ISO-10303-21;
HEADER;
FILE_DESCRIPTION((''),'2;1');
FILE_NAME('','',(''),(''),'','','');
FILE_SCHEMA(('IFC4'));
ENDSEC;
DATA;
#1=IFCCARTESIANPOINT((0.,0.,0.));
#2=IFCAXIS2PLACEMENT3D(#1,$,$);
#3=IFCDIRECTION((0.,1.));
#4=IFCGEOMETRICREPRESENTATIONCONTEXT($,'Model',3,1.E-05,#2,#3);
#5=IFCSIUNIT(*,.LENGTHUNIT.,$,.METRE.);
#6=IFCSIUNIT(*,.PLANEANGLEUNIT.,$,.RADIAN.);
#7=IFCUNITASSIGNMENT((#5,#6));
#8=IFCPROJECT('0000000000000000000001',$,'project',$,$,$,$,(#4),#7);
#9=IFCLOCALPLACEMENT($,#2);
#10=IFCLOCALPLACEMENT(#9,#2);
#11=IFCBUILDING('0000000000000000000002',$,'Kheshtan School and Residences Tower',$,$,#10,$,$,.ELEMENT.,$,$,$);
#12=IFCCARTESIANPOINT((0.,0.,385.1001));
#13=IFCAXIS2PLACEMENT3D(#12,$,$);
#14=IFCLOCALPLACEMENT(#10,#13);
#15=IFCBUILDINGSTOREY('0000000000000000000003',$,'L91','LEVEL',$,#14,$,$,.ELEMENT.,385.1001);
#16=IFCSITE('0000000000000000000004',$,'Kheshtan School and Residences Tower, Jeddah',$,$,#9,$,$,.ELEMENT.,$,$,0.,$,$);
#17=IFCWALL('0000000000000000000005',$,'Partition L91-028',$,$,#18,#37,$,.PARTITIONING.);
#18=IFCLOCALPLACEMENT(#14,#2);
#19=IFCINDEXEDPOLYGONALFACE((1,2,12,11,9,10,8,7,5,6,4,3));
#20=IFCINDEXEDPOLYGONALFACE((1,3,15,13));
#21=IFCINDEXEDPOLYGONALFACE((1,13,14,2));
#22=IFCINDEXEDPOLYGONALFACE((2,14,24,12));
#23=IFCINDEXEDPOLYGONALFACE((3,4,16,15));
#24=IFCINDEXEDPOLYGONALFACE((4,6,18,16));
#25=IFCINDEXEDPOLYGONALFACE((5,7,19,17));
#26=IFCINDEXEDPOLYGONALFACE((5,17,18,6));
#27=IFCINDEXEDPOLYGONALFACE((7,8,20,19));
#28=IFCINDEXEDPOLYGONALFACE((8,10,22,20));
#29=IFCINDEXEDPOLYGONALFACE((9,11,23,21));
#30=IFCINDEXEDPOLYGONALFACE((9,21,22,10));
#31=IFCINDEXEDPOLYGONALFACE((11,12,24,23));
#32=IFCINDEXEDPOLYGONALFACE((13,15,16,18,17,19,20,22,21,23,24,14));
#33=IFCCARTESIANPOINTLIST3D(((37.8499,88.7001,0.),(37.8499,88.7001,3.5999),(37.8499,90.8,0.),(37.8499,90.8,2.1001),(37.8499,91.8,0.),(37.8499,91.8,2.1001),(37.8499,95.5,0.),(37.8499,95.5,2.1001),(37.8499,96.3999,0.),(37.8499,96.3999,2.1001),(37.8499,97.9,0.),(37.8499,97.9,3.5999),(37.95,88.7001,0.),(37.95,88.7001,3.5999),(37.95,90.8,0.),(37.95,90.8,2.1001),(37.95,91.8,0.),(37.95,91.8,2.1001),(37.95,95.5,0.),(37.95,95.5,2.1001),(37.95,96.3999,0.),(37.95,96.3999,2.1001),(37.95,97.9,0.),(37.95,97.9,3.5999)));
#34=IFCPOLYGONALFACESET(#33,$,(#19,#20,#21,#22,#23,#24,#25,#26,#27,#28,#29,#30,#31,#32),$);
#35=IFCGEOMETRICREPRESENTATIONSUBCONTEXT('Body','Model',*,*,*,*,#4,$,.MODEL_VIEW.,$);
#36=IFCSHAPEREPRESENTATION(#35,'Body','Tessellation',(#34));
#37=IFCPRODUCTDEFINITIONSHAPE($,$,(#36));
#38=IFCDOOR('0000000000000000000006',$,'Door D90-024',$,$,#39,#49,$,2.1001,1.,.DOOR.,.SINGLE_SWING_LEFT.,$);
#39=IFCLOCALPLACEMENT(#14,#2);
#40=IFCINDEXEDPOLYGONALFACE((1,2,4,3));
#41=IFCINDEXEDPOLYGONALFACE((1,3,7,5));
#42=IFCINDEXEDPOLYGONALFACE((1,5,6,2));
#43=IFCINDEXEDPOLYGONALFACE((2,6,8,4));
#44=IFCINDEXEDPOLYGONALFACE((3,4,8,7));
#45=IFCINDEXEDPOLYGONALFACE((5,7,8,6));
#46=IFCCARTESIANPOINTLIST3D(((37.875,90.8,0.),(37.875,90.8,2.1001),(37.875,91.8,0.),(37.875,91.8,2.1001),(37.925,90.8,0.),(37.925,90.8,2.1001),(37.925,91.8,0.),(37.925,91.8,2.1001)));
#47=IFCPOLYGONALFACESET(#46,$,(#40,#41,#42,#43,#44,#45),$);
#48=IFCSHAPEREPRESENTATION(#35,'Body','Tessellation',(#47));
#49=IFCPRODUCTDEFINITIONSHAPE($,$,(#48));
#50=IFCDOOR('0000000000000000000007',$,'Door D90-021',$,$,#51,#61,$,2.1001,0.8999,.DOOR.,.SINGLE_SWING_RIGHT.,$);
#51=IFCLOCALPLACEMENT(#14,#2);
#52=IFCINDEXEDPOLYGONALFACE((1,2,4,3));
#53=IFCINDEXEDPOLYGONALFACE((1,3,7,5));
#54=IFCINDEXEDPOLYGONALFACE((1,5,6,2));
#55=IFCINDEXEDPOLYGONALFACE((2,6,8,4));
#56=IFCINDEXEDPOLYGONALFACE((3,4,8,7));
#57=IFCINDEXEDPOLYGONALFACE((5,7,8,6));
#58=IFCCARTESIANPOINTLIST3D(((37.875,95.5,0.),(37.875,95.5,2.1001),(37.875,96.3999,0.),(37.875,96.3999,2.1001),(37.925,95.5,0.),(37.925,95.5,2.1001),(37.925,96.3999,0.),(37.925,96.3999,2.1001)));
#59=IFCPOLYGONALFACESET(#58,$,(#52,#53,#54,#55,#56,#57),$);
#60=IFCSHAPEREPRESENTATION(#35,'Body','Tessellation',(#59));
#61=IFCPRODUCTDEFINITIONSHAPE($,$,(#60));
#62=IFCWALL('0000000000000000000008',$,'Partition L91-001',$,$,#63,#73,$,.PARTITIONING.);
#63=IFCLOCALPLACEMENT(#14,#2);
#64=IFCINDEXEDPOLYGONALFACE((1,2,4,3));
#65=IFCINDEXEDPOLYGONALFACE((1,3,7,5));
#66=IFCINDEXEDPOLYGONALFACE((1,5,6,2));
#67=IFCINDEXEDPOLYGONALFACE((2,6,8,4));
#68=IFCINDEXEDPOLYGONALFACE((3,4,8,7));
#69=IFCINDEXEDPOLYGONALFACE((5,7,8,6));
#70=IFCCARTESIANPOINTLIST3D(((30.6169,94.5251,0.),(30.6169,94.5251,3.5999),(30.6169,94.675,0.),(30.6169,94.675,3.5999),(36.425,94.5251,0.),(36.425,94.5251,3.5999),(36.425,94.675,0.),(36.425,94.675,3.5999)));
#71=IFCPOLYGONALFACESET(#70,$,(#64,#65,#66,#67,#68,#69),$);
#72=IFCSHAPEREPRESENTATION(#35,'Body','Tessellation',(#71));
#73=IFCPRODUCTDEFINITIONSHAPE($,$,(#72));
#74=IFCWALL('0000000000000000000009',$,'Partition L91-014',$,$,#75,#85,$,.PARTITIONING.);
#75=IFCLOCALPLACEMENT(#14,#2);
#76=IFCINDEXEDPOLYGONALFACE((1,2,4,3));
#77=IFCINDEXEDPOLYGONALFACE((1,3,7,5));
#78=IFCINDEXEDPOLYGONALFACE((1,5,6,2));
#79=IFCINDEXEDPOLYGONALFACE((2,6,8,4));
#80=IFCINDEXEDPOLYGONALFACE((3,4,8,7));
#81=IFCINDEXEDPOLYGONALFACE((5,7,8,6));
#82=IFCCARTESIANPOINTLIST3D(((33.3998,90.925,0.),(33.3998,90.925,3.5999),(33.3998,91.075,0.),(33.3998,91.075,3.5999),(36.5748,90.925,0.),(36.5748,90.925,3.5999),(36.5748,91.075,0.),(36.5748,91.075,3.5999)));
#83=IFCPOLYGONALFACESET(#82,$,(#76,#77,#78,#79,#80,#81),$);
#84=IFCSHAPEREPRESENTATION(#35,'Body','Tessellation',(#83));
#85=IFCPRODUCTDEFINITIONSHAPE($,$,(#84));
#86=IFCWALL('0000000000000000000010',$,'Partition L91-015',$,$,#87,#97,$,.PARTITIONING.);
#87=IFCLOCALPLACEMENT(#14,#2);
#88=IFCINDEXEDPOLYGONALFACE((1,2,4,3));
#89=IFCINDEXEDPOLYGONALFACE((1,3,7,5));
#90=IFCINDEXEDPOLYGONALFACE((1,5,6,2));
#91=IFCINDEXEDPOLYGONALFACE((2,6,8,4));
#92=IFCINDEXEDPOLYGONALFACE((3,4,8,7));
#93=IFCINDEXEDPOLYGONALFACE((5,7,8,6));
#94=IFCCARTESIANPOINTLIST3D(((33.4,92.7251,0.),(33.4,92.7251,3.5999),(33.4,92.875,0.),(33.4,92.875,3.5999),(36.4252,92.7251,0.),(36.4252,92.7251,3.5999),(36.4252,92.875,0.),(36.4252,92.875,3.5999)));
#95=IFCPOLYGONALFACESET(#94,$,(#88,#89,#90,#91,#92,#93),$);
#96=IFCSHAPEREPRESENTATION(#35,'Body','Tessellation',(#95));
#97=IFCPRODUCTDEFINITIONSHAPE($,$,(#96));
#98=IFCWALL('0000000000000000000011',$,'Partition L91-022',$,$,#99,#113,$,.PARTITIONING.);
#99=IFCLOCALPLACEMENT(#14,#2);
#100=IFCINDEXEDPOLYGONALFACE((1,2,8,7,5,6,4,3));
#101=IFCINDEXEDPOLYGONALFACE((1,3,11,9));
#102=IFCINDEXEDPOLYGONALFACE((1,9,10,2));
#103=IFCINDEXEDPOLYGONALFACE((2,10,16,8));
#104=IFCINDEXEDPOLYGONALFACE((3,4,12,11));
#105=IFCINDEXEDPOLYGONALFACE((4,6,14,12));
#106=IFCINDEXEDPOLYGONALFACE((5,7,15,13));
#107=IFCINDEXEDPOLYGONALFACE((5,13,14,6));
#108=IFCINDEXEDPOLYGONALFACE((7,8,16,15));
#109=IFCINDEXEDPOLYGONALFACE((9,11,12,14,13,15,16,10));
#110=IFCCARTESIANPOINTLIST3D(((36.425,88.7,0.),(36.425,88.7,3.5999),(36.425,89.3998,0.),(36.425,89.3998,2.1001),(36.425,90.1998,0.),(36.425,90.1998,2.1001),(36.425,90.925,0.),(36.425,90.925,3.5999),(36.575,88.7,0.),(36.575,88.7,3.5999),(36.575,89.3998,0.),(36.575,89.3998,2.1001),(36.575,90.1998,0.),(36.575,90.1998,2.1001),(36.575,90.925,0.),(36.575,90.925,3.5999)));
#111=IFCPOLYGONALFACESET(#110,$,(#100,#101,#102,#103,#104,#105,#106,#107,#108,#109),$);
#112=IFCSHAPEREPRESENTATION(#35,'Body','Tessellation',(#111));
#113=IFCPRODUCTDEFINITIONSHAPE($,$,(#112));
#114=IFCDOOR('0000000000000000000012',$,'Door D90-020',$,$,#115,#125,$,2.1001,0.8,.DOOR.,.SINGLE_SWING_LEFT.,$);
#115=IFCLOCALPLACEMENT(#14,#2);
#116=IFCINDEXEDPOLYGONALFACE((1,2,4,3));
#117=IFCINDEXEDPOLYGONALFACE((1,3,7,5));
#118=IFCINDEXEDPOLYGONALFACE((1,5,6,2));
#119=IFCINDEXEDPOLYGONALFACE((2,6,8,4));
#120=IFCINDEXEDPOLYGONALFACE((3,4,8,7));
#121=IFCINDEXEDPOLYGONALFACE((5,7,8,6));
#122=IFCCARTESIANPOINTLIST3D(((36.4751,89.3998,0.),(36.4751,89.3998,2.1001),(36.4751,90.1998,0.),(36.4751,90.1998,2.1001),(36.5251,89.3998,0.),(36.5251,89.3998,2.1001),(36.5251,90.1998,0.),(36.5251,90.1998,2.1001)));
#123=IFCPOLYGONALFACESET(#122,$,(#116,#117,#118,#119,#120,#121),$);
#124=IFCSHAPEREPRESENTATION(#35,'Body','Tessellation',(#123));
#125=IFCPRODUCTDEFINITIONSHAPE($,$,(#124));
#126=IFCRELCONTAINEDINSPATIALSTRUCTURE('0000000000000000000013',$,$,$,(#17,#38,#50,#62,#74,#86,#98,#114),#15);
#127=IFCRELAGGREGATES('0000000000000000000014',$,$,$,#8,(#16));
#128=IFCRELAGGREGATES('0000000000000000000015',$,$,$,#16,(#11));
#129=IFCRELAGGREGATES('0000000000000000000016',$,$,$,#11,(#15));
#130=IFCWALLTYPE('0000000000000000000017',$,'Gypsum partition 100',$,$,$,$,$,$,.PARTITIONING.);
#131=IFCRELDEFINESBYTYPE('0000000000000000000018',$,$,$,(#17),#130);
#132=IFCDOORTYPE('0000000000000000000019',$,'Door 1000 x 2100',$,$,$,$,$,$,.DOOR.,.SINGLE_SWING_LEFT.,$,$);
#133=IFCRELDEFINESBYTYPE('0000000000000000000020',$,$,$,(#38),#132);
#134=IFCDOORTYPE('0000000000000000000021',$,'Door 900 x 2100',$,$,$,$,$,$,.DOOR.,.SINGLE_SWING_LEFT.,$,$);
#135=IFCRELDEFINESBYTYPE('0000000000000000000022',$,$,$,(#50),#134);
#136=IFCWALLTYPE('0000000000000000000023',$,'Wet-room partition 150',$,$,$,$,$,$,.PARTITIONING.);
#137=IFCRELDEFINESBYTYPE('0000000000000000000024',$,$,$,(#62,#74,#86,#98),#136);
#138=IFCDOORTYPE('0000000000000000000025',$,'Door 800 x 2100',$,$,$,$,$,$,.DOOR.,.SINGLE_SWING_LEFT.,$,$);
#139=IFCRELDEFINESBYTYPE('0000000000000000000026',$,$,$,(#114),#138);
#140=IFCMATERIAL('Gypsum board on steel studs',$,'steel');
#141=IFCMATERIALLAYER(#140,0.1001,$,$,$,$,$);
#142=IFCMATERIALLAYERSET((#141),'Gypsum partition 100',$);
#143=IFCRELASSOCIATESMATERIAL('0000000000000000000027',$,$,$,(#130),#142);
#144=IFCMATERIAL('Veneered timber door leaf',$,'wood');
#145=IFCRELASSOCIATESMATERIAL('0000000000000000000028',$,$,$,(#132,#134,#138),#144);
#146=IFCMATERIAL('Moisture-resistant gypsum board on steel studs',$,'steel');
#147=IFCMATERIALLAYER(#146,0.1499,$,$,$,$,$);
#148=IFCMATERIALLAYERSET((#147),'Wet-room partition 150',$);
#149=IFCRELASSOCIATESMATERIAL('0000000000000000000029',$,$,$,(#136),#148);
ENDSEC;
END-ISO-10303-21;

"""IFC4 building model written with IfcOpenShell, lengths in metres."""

from ifc_helpers import new_model, si_unit, direction, frame, frame_2d, origin, place, context, subcontext, project, spatial, rectangle, extrude, source, transform, mapped, material, layer, layer_set, type_object, element, fill, save


model = new_model("IFC4")

# Units and contexts
model_context = context("Model", 3, precision=1e-05, world=origin(), true_north=direction((0.0, 1.0)))
body_context = subcontext(model_context, "Body", "Model", "MODEL_VIEW")
ifc_project = project(units=[si_unit("LENGTHUNIT", "METRE"), si_unit("PLANEANGLEUNIT", "RADIAN")], contexts=[model_context])

# Site, building, storey
site_placement = place(None, origin())
site = spatial("IfcSite", under=ifc_project, at=site_placement, Name="Kheshtan School and Residences Tower, Jeddah", CompositionType="ELEMENT", RefElevation=0.0)
building_placement = place(site_placement, origin())
building = spatial("IfcBuilding", under=site, at=building_placement, Name="Kheshtan School and Residences Tower", CompositionType="ELEMENT")
storey_placement = place(building_placement, frame((0.0, 0.0, 385.1001)))
storey = spatial("IfcBuildingStorey", under=building, at=storey_placement, Name="L91", Description="LEVEL", CompositionType="ELEMENT", Elevation=385.1001)

# Wall, openings, doors
ifc_material_1 = material(Name="Gypsum board on steel studs", Category="steel")
ifc_layer_1 = layer(ifc_material_1, 0.1001)
ifc_layer_set_1 = layer_set([ifc_layer_1], Name="Gypsum partition 100")
wall_type_1 = type_object("IfcWallType", Name="Gypsum partition 100", PredefinedType="PARTITIONING", material=ifc_layer_set_1)
wall_1_placement = place(storey_placement, frame((37.8999, 88.7, 0.0), z_axis=(0.0, 0.0, 1.0), x_axis=(0.0, 1.0, 0.0)))
wall_1 = element("IfcWall", 1, at=wall_1_placement, inside=storey, type_object=wall_type_1, Name="Partition L91-028", PredefinedType="PARTITIONING", context=body_context, shape_type="SweptSolid", body=[
    extrude(rectangle(XDim=9.2, YDim=0.1001, at=frame_2d((4.6001, 0.0))), origin(), (0.0, 0.0, 1.0), 3.5999),
])
opening_1_placement = place(wall_1_placement, frame((6.8, 0.0, 0.0)))
opening_1 = element("IfcOpeningElement", 2, at=opening_1_placement, cuts=wall_1, PredefinedType="OPENING", context=body_context, shape_type="SweptSolid", body=[
    extrude(rectangle(XDim=0.8999, YDim=2.1001, at=frame_2d((0.45, 1.05))), frame((0.0, 0.0601, 0.0), z_axis=(0.0, -1.0, 0.0), x_axis=(1.0, 0.0, 0.0)), (0.0, 0.0, 1.0), 0.1201),
])
opening_2_placement = place(wall_1_placement, frame((2.1001, 0.0, 0.0)))
opening_2 = element("IfcOpeningElement", 3, at=opening_2_placement, cuts=wall_1, PredefinedType="OPENING", context=body_context, shape_type="SweptSolid", body=[
    extrude(rectangle(XDim=1.0, YDim=2.1001, at=frame_2d((0.5, 1.05))), frame((0.0, 0.0601, 0.0), z_axis=(0.0, -1.0, 0.0), x_axis=(1.0, 0.0, 0.0)), (0.0, 0.0, 1.0), 0.1201),
])
ifc_material_2 = material(Name="Veneered timber door leaf", Category="wood")
door_type_1 = type_object("IfcDoorType", Name="Door 1000 x 2100", OperationType="SINGLE_SWING_LEFT", PredefinedType="DOOR", material=ifc_material_2)
shared_shape_1 = source(origin(), body_context, "Body", "SweptSolid", [
    extrude(rectangle(XDim=1.0, YDim=2.1001, at=frame_2d((0.5, 1.05))), frame((0.0, 0.0249, 0.0), z_axis=(0.0, -1.0, 0.0), x_axis=(1.0, 0.0, 0.0)), (0.0, 0.0, 1.0), 0.05),
])
door_1_placement = place(opening_2_placement, origin())
door_1 = element("IfcDoor", 4, at=door_1_placement, inside=storey, type_object=door_type_1, Name="Door D90-024", OperationType="SINGLE_SWING_LEFT", OverallHeight=2.1001, OverallWidth=1.0, PredefinedType="DOOR", context=body_context, shape_type="MappedRepresentation", body=[
    mapped(shared_shape_1, transform((0.0, 0.0, 0.0), x_axis=(1.0, 0.0, 0.0), y_axis=(0.0, 1.0, 0.0), z_axis=(0.0, 0.0, 1.0), scale=1.0)),
])
fill(opening_2, door_1)
door_type_2 = type_object("IfcDoorType", Name="Door 900 x 2100", OperationType="SINGLE_SWING_LEFT", PredefinedType="DOOR", material=ifc_material_2)
shared_shape_2 = source(origin(), body_context, "Body", "SweptSolid", [
    extrude(rectangle(XDim=0.8999, YDim=2.1001, at=frame_2d((0.45, 1.05))), frame((0.0, 0.0249, 0.0), z_axis=(0.0, -1.0, 0.0), x_axis=(1.0, 0.0, 0.0)), (0.0, 0.0, 1.0), 0.05),
])
door_2_placement = place(opening_1_placement, origin())
door_2 = element("IfcDoor", 5, at=door_2_placement, inside=storey, type_object=door_type_2, Name="Door D90-021", OperationType="SINGLE_SWING_RIGHT", OverallHeight=2.1001, OverallWidth=0.8999, PredefinedType="DOOR", context=body_context, shape_type="MappedRepresentation", body=[
    mapped(shared_shape_2, transform((0.0, 0.0, 0.0), x_axis=(1.0, 0.0, 0.0), y_axis=(0.0, 1.0, 0.0), z_axis=(0.0, 0.0, 1.0), scale=1.0)),
])
fill(opening_1, door_2)

# Walls
ifc_material_3 = material(Name="Moisture-resistant gypsum board on steel studs", Category="steel")
ifc_layer_2 = layer(ifc_material_3, 0.1499)
ifc_layer_set_2 = layer_set([ifc_layer_2], Name="Wet-room partition 150")
wall_type_2 = type_object("IfcWallType", Name="Wet-room partition 150", PredefinedType="PARTITIONING", material=ifc_layer_set_2)
wall_2_placement = place(storey_placement, frame((30.6169, 94.6001, 0.0), z_axis=(0.0, 0.0, 1.0), x_axis=(1.0, 0.0, 0.0)))
element("IfcWall", 6, at=wall_2_placement, inside=storey, type_object=wall_type_2, Name="Partition L91-001", PredefinedType="PARTITIONING", context=body_context, shape_type="SweptSolid", body=[
    extrude(rectangle(XDim=5.8081, YDim=0.1499, at=frame_2d((2.9041, 0.0))), origin(), (0.0, 0.0, 1.0), 3.5999),
])
wall_3_placement = place(storey_placement, frame((33.3999, 91.0, 0.0), z_axis=(0.0, 0.0, 1.0), x_axis=(1.0, 0.0, 0.0)))
element("IfcWall", 7, at=wall_3_placement, inside=storey, type_object=wall_type_2, Name="Partition L91-014", PredefinedType="PARTITIONING", context=body_context, shape_type="SweptSolid", body=[
    extrude(rectangle(XDim=3.175, YDim=0.1499, at=frame_2d((1.5874, 0.0))), origin(), (0.0, 0.0, 1.0), 3.5999),
])
wall_4_placement = place(storey_placement, frame((33.3999, 92.8, 0.0), z_axis=(0.0, 0.0, 1.0), x_axis=(1.0, 0.0, 0.0)))
element("IfcWall", 8, at=wall_4_placement, inside=storey, type_object=wall_type_2, Name="Partition L91-015", PredefinedType="PARTITIONING", context=body_context, shape_type="SweptSolid", body=[
    extrude(rectangle(XDim=3.0251, YDim=0.1499, at=frame_2d((1.5127, 0.0))), origin(), (0.0, 0.0, 1.0), 3.5999),
])

# Wall, opening, door
wall_5_placement = place(storey_placement, frame((36.5, 88.7, 0.0), z_axis=(0.0, 0.0, 1.0), x_axis=(0.0, 1.0, 0.0)))
wall_5 = element("IfcWall", 9, at=wall_5_placement, inside=storey, type_object=wall_type_2, Name="Partition L91-022", PredefinedType="PARTITIONING", context=body_context, shape_type="SweptSolid", body=[
    extrude(rectangle(XDim=2.2251, YDim=0.1499, at=frame_2d((1.1125, 0.0))), origin(), (0.0, 0.0, 1.0), 3.5999),
])
opening_3_placement = place(wall_5_placement, frame((0.7, 0.0, 0.0)))
opening_3 = element("IfcOpeningElement", 10, at=opening_3_placement, cuts=wall_5, PredefinedType="OPENING", context=body_context, shape_type="SweptSolid", body=[
    extrude(rectangle(XDim=0.8, YDim=2.1001, at=frame_2d((0.3999, 1.05))), frame((0.0, 0.085, 0.0), z_axis=(0.0, -1.0, 0.0), x_axis=(1.0, 0.0, 0.0)), (0.0, 0.0, 1.0), 0.1699),
])
door_type_3 = type_object("IfcDoorType", Name="Door 800 x 2100", OperationType="SINGLE_SWING_LEFT", PredefinedType="DOOR", material=ifc_material_2)
shared_shape_3 = source(origin(), body_context, "Body", "SweptSolid", [
    extrude(rectangle(XDim=0.8, YDim=2.1001, at=frame_2d((0.3999, 1.05))), frame((0.0, 0.0249, 0.0), z_axis=(0.0, -1.0, 0.0), x_axis=(1.0, 0.0, 0.0)), (0.0, 0.0, 1.0), 0.05),
])
door_3_placement = place(opening_3_placement, origin())
door_3 = element("IfcDoor", 11, at=door_3_placement, inside=storey, type_object=door_type_3, Name="Door D90-020", OperationType="SINGLE_SWING_LEFT", OverallHeight=2.1001, OverallWidth=0.8, PredefinedType="DOOR", context=body_context, shape_type="MappedRepresentation", body=[
    mapped(shared_shape_3, transform((0.0, 0.0, 0.0), x_axis=(1.0, 0.0, 0.0), y_axis=(0.0, 1.0, 0.0), z_axis=(0.0, 0.0, 1.0), scale=1.0)),
])
fill(opening_3, door_3)

save(model, "model.ifc")
